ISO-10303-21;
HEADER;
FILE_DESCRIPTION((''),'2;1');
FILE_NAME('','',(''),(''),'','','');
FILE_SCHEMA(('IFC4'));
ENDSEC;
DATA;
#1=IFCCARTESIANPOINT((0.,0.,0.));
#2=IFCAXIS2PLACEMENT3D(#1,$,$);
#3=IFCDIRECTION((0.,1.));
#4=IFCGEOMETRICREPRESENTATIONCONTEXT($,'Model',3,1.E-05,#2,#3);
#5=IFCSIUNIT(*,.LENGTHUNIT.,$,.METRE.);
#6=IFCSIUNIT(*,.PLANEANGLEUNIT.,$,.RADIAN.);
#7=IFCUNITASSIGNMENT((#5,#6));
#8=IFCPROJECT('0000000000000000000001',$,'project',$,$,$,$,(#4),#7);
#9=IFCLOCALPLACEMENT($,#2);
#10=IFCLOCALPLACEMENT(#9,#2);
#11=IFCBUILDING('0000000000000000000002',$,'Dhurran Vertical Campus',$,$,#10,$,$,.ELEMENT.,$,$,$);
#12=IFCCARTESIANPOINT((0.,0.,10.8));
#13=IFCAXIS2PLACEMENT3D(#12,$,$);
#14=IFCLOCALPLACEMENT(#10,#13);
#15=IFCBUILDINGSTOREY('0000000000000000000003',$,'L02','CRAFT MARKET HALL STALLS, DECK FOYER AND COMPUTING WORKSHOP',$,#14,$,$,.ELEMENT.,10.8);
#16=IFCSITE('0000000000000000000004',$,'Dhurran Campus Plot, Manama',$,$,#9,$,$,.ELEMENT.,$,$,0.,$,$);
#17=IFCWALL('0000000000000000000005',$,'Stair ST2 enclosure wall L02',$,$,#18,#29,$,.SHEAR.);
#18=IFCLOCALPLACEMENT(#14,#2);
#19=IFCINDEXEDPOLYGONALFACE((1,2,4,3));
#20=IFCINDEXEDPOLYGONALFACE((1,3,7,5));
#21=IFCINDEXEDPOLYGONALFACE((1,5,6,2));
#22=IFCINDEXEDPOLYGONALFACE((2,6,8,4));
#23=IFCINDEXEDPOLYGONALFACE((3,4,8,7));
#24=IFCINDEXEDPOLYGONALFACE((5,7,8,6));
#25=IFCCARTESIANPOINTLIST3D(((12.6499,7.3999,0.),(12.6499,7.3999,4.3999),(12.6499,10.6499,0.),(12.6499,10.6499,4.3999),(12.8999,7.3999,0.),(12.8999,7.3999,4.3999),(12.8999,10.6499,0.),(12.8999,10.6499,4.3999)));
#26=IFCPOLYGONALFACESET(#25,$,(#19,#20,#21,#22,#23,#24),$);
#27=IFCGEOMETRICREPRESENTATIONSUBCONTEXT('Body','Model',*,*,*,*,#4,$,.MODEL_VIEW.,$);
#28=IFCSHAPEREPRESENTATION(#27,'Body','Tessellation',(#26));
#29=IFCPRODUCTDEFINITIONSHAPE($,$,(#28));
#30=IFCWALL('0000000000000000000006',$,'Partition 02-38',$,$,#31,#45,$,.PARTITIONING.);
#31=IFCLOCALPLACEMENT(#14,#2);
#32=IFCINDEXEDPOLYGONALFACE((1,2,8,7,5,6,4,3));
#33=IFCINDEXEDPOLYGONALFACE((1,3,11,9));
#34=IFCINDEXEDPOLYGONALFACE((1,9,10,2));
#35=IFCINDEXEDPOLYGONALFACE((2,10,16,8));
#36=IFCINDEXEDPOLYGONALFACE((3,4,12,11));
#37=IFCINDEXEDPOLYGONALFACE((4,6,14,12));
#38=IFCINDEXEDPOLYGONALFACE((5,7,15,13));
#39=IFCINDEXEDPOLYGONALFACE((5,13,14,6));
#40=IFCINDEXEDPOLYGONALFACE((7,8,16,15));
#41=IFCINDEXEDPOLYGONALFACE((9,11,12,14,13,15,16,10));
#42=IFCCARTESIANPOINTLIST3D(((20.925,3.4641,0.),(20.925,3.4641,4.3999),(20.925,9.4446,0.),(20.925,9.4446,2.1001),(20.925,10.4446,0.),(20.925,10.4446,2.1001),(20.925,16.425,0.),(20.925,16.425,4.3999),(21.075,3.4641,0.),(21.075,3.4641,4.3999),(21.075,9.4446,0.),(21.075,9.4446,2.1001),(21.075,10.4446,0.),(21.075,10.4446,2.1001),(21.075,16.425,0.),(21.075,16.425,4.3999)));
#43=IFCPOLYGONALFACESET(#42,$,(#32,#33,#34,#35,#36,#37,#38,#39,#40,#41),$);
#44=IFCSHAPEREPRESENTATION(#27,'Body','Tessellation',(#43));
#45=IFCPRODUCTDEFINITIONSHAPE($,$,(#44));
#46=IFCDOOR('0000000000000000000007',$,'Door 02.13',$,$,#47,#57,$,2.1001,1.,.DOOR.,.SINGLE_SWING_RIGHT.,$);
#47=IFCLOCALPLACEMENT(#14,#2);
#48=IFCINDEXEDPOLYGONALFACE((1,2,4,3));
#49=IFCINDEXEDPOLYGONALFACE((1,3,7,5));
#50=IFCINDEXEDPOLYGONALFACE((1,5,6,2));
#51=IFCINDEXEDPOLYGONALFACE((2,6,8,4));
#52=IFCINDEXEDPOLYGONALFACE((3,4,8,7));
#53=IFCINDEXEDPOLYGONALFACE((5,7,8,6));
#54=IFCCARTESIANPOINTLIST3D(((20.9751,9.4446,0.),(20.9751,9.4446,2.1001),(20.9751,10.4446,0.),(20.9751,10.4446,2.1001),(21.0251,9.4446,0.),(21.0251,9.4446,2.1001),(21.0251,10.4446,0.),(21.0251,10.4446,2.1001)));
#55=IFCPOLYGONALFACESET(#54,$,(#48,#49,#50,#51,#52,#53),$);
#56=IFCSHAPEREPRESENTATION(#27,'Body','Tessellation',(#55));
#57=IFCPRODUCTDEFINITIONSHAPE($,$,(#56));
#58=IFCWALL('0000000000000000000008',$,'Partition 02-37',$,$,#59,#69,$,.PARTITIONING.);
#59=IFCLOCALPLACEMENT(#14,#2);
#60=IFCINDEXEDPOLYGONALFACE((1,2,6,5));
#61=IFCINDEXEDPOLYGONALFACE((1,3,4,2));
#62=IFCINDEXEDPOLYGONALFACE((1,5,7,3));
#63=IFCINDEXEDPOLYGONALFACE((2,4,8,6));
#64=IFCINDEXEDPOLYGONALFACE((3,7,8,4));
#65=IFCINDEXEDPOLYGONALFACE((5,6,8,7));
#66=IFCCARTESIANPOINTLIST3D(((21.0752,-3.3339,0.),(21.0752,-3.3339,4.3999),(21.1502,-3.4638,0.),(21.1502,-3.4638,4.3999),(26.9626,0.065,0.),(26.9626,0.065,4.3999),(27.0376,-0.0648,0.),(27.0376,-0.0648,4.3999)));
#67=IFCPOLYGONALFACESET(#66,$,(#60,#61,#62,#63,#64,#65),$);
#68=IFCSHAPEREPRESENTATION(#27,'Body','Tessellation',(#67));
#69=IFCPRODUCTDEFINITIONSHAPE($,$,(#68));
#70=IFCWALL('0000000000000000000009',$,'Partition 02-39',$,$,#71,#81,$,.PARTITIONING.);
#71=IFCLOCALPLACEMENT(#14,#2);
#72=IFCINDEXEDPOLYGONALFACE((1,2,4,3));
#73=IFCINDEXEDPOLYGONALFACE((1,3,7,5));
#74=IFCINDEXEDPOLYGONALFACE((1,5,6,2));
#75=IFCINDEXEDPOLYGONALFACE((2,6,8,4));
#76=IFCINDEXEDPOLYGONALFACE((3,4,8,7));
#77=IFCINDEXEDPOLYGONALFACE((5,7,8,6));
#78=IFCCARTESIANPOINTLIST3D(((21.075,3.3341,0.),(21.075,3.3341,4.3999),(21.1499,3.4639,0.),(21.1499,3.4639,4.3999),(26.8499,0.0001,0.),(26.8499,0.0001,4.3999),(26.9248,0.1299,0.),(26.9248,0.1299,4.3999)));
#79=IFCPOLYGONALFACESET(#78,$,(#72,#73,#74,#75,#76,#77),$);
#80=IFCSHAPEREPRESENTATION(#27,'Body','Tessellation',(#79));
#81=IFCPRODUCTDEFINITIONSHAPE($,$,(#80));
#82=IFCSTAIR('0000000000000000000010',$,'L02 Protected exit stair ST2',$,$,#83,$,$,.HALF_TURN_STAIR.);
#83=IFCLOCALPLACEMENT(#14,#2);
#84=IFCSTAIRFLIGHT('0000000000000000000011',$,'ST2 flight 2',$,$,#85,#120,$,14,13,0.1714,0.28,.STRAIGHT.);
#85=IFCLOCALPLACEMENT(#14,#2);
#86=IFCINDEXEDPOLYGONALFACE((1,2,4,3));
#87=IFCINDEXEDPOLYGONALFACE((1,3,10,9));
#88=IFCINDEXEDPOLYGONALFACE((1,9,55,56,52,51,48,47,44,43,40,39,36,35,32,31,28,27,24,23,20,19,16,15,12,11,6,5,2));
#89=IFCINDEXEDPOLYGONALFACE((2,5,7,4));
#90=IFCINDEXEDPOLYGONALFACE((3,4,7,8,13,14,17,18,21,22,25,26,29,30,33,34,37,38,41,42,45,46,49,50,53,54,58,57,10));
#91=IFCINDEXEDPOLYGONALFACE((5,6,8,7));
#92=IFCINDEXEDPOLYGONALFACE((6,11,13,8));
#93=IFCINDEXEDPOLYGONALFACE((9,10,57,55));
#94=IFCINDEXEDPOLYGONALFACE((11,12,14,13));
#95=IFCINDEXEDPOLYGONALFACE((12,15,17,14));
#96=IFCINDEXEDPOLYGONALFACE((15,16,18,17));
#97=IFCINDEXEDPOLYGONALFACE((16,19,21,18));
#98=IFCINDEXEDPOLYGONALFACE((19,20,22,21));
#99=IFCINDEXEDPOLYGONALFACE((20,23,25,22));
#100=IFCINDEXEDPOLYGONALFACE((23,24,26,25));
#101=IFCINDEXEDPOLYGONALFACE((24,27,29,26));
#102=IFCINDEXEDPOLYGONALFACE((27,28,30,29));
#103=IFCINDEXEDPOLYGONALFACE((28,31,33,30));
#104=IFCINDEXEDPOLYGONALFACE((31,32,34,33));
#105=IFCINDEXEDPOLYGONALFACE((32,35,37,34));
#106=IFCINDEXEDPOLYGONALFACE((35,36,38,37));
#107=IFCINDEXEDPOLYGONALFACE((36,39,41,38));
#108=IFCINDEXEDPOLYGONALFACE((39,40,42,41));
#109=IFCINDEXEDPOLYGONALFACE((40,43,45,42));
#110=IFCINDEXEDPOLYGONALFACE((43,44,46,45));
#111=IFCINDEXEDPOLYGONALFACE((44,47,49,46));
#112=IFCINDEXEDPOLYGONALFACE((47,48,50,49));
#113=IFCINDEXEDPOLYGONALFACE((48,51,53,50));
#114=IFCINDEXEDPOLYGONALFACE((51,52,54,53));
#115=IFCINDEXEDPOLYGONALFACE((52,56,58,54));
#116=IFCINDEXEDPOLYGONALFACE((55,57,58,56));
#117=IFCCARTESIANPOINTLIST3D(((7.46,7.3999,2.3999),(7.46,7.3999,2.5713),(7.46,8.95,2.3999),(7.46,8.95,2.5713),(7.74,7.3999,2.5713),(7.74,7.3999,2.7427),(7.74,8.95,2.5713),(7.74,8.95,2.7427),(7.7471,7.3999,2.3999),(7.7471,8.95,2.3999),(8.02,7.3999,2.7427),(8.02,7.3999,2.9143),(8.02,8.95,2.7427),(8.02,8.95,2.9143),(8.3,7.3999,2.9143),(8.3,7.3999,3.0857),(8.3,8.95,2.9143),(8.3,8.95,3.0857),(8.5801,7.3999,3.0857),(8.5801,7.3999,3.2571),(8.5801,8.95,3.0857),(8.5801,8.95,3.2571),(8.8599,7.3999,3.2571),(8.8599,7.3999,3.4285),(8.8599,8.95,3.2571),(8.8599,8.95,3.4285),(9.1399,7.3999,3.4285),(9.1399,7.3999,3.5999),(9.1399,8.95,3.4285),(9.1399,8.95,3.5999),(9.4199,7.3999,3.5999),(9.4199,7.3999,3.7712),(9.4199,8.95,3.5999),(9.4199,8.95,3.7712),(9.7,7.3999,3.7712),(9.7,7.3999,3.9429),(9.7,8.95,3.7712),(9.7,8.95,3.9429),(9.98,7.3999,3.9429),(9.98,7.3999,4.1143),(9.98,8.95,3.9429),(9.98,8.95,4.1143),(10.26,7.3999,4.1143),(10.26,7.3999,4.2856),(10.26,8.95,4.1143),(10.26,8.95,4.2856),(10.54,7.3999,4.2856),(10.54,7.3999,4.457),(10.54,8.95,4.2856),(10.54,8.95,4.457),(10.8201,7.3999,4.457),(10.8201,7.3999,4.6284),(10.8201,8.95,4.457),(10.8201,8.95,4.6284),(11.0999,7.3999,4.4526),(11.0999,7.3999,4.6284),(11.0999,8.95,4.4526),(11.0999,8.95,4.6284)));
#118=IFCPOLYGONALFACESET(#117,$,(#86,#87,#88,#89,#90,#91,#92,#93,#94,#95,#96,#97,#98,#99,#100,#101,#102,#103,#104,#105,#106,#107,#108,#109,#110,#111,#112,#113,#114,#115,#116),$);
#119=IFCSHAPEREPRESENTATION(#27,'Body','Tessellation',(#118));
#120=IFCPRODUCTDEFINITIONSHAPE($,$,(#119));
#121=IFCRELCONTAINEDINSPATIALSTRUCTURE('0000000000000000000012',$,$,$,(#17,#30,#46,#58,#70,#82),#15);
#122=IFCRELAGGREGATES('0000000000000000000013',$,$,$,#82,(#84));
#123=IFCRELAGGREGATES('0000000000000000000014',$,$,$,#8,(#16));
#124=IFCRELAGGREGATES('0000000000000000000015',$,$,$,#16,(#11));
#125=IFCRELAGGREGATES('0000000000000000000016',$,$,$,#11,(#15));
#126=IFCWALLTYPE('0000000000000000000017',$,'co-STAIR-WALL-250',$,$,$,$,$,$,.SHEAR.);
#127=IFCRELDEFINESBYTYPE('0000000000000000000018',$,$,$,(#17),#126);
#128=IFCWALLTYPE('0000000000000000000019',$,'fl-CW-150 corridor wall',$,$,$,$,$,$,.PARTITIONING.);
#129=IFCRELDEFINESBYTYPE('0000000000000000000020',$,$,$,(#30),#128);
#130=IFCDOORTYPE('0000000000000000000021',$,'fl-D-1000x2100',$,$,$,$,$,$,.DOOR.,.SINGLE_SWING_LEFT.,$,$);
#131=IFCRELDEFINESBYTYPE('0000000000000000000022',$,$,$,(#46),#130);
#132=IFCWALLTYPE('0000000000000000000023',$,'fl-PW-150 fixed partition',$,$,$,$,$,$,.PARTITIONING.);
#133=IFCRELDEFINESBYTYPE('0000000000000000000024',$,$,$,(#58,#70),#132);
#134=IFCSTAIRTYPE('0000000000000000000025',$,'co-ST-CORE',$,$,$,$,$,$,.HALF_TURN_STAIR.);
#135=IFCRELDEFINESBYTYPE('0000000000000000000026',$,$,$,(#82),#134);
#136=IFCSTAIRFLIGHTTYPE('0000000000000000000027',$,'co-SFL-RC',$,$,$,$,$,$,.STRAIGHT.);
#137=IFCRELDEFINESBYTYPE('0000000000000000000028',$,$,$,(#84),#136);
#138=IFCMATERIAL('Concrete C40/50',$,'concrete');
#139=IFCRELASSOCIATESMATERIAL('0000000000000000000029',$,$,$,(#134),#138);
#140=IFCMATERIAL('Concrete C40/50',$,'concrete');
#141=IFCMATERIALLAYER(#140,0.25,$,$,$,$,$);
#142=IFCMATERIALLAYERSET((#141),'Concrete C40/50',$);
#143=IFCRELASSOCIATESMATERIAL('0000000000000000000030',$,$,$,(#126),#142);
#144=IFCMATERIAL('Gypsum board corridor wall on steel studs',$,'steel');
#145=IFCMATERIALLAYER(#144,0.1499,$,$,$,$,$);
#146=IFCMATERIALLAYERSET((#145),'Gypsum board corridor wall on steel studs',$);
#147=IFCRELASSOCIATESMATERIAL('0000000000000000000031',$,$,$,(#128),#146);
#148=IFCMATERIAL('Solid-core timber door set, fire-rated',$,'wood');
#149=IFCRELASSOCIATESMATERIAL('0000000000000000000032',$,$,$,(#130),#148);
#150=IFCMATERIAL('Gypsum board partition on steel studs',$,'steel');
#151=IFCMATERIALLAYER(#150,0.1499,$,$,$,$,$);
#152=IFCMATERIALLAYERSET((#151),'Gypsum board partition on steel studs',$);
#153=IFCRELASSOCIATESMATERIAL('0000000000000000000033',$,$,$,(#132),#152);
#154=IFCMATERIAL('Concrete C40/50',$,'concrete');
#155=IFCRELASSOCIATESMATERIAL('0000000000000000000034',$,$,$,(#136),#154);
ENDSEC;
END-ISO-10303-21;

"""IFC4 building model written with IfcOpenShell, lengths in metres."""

from ifc_helpers import new_model, si_unit, direction, frame, frame_2d, origin, place, context, subcontext, project, spatial, polyline, rectangle, outline, extrude, material, layer, layer_set, type_object, element, fill, aggregate, save


model = new_model("IFC4")

# Units and contexts
model_context = context("Model", 3, precision=1e-05, world=origin(), true_north=direction((0.0, 1.0)))
body_context = subcontext(model_context, "Body", "Model", "MODEL_VIEW")
ifc_project = project(units=[si_unit("LENGTHUNIT", "METRE"), si_unit("PLANEANGLEUNIT", "RADIAN")], contexts=[model_context])

# Site, building, storey
site_placement = place(None, origin())
site = spatial("IfcSite", under=ifc_project, at=site_placement, Name="Dhurran Campus Plot, Manama", CompositionType="ELEMENT", RefElevation=0.0)
building_placement = place(site_placement, origin())
building = spatial("IfcBuilding", under=site, at=building_placement, Name="Dhurran Vertical Campus", CompositionType="ELEMENT")
storey_placement = place(building_placement, frame((0.0, 0.0, 10.8)))
storey = spatial("IfcBuildingStorey", under=building, at=storey_placement, Name="L02", Description="CRAFT MARKET HALL STALLS, DECK FOYER AND COMPUTING WORKSHOP", CompositionType="ELEMENT", Elevation=10.8)

# Shared definitions
ifc_material_1 = material(Name="Concrete C40/50", Category="concrete")
stair_type_1 = type_object("IfcStairType", Name="co-ST-CORE", PredefinedType="HALF_TURN_STAIR", material=ifc_material_1)

# Shared definitions
ifc_material_2 = material(Name="Concrete C40/50", Category="concrete")
ifc_layer_1 = layer(ifc_material_2, 0.25)
ifc_layer_set_1 = layer_set([ifc_layer_1], Name="Concrete C40/50")
wall_type_1 = type_object("IfcWallType", Name="co-STAIR-WALL-250", PredefinedType="SHEAR", material=ifc_layer_set_1)

# Wall
for number, where, z_axis, x_axis, name in (
    (1, (12.7749, 7.3999, 0.0), (0.0, 0.0, 1.0), (0.0, 1.0, 0.0), "Stair ST2 enclosure wall L02"),
):
    element("IfcWall", number, at=place(storey_placement, frame(where, z_axis=z_axis, x_axis=x_axis)), inside=storey, type_object=wall_type_1, Name=name, PredefinedType="SHEAR", context=body_context, shape_type="SweptSolid", body=[
        extrude(rectangle(XDim=3.25, YDim=0.25, at=frame_2d((1.625, 0.0))), origin(), (0.0, 0.0, 1.0), 4.3999),
    ])

# Wall, opening, door
ifc_material_3 = material(Name="Gypsum board corridor wall on steel studs", Category="steel")
ifc_layer_2 = layer(ifc_material_3, 0.1499)
ifc_layer_set_2 = layer_set([ifc_layer_2], Name="Gypsum board corridor wall on steel studs")
wall_type_2 = type_object("IfcWallType", Name="fl-CW-150 corridor wall", PredefinedType="PARTITIONING", material=ifc_layer_set_2)
wall_1_placement = place(storey_placement, frame((21.0, 3.4641, 0.0), z_axis=(0.0, 0.0, 1.0), x_axis=(0.0, 1.0, 0.0)))
wall_1 = element("IfcWall", 2, at=wall_1_placement, inside=storey, type_object=wall_type_2, Name="Partition 02-38", PredefinedType="PARTITIONING", context=body_context, shape_type="SweptSolid", body=[
    extrude(rectangle(XDim=12.9609, YDim=0.1499, at=frame_2d((6.4805, 0.0))), origin(), (0.0, 0.0, 1.0), 4.3999),
])
opening_1_placement = place(wall_1_placement, frame((5.9805, 0.0, 0.0)))
opening_1 = element("IfcOpeningElement", 3, at=opening_1_placement, cuts=wall_1, PredefinedType="OPENING", context=body_context, shape_type="SweptSolid", body=[
    extrude(rectangle(XDim=1.0, YDim=2.1001, at=frame_2d((0.5, 1.05))), frame((0.0, 0.085, 0.0), z_axis=(0.0, -1.0, 0.0), x_axis=(1.0, 0.0, 0.0)), (0.0, 0.0, 1.0), 0.1699),
])
ifc_material_4 = material(Name="Solid-core timber door set, fire-rated", Category="wood")
door_type_1 = type_object("IfcDoorType", Name="fl-D-1000x2100", OperationType="SINGLE_SWING_LEFT", PredefinedType="DOOR", material=ifc_material_4)
door_1_placement = place(opening_1_placement, origin())
door_1 = element("IfcDoor", 4, at=door_1_placement, inside=storey, type_object=door_type_1, Name="Door 02.13", OperationType="SINGLE_SWING_RIGHT", OverallHeight=2.1001, OverallWidth=1.0, PredefinedType="DOOR", context=body_context, shape_type="SweptSolid", body=[
    extrude(rectangle(XDim=1.0, YDim=2.1001, at=frame_2d((0.5, 1.05))), frame((0.0, 0.0249, 0.0), z_axis=(0.0, -1.0, 0.0), x_axis=(1.0, 0.0, 0.0)), (0.0, 0.0, 1.0), 0.05),
])
fill(opening_1, door_1)

# Walls
ifc_material_5 = material(Name="Gypsum board partition on steel studs", Category="steel")
ifc_layer_3 = layer(ifc_material_5, 0.1499)
ifc_layer_set_3 = layer_set([ifc_layer_3], Name="Gypsum board partition on steel studs")
wall_type_3 = type_object("IfcWallType", Name="fl-PW-150 fixed partition", PredefinedType="PARTITIONING", material=ifc_layer_set_3)
wall_2_placement = place(storey_placement, frame((27.0, 0.0, 0.0), z_axis=(0.0, 0.0, 1.0), x_axis=(-0.866038, -0.499978, 0.0)))
element("IfcWall", 5, at=wall_2_placement, inside=storey, type_object=wall_type_3, Name="Partition 02-37", PredefinedType="PARTITIONING", context=body_context, shape_type="SweptSolid", body=[
    extrude(rectangle(XDim=6.7981, YDim=0.1499, at=frame_2d((3.3989, 0.0))), origin(), (0.0, 0.0, 1.0), 4.3999),
])
wall_3_placement = place(storey_placement, frame((21.1125, 3.3989, 0.0), z_axis=(0.0, 0.0, 1.0), x_axis=(0.866036, -0.499982, 0.0)))
element("IfcWall", 6, at=wall_3_placement, inside=storey, type_object=wall_type_3, Name="Partition 02-39", PredefinedType="PARTITIONING", context=body_context, shape_type="SweptSolid", body=[
    extrude(rectangle(XDim=6.6682, YDim=0.1499, at=frame_2d((3.334, 0.0))), origin(), (0.0, 0.0, 1.0), 4.3999),
])

# Stair, stair flight
stair_1_placement = place(storey_placement, origin())
stair_1 = element("IfcStair", 7, at=stair_1_placement, inside=storey, type_object=stair_type_1, Name="L02 Protected exit stair ST2", PredefinedType="HALF_TURN_STAIR")
ifc_material_6 = material(Name="Concrete C40/50", Category="concrete")
stair_flight_type = type_object("IfcStairFlightType", Name="co-SFL-RC", PredefinedType="STRAIGHT", material=ifc_material_6)
stair_flight_placement = place(storey_placement, frame((7.46, 8.175, 2.3999), z_axis=(0.0, 0.0, 1.0), x_axis=(1.0, 0.0, 0.0)))
stair_flight = element("IfcStairFlight", 8, at=stair_flight_placement, type_object=stair_flight_type, Name="ST2 flight 2", NumberOfRisers=14, NumberOfTreads=13, PredefinedType="STRAIGHT", RiserHeight=0.1714, TreadLength=0.28, context=body_context, shape_type="SweptSolid", body=[
    extrude(outline(polyline([(0.0, 0.0), (0.0, 0.1714), (0.28, 0.1714), (0.28, 0.3428), (0.5601, 0.3428), (0.5601, 0.5144), (0.8401, 0.5144), (0.8401, 0.6858), (1.1201, 0.6858), (1.1201, 0.8572), (1.3999, 0.8572), (1.3999, 1.0286), (1.6799, 1.0286), (1.6799, 1.2), (1.96, 1.2), (1.96, 1.3713), (2.24, 1.3713), (2.24, 1.543), (2.52, 1.543), (2.52, 1.7144), (2.8, 1.7144), (2.8, 1.8857), (3.0801, 1.8857), (3.0801, 2.0571), (3.3601, 2.0571), (3.3601, 2.2285), (3.6399, 2.2285), (3.6399, 2.3999), (3.6399, 2.0527), (0.2871, 0.0), (0.0, 0.0)])), frame((0.0, 0.7749, 0.0), z_axis=(0.0, -1.0, 0.0), x_axis=(1.0, 0.0, 0.0)), (0.0, 0.0, 1.0), 1.55),
])
aggregate(stair_1, [stair_flight])

save(model, "model.ifc")
